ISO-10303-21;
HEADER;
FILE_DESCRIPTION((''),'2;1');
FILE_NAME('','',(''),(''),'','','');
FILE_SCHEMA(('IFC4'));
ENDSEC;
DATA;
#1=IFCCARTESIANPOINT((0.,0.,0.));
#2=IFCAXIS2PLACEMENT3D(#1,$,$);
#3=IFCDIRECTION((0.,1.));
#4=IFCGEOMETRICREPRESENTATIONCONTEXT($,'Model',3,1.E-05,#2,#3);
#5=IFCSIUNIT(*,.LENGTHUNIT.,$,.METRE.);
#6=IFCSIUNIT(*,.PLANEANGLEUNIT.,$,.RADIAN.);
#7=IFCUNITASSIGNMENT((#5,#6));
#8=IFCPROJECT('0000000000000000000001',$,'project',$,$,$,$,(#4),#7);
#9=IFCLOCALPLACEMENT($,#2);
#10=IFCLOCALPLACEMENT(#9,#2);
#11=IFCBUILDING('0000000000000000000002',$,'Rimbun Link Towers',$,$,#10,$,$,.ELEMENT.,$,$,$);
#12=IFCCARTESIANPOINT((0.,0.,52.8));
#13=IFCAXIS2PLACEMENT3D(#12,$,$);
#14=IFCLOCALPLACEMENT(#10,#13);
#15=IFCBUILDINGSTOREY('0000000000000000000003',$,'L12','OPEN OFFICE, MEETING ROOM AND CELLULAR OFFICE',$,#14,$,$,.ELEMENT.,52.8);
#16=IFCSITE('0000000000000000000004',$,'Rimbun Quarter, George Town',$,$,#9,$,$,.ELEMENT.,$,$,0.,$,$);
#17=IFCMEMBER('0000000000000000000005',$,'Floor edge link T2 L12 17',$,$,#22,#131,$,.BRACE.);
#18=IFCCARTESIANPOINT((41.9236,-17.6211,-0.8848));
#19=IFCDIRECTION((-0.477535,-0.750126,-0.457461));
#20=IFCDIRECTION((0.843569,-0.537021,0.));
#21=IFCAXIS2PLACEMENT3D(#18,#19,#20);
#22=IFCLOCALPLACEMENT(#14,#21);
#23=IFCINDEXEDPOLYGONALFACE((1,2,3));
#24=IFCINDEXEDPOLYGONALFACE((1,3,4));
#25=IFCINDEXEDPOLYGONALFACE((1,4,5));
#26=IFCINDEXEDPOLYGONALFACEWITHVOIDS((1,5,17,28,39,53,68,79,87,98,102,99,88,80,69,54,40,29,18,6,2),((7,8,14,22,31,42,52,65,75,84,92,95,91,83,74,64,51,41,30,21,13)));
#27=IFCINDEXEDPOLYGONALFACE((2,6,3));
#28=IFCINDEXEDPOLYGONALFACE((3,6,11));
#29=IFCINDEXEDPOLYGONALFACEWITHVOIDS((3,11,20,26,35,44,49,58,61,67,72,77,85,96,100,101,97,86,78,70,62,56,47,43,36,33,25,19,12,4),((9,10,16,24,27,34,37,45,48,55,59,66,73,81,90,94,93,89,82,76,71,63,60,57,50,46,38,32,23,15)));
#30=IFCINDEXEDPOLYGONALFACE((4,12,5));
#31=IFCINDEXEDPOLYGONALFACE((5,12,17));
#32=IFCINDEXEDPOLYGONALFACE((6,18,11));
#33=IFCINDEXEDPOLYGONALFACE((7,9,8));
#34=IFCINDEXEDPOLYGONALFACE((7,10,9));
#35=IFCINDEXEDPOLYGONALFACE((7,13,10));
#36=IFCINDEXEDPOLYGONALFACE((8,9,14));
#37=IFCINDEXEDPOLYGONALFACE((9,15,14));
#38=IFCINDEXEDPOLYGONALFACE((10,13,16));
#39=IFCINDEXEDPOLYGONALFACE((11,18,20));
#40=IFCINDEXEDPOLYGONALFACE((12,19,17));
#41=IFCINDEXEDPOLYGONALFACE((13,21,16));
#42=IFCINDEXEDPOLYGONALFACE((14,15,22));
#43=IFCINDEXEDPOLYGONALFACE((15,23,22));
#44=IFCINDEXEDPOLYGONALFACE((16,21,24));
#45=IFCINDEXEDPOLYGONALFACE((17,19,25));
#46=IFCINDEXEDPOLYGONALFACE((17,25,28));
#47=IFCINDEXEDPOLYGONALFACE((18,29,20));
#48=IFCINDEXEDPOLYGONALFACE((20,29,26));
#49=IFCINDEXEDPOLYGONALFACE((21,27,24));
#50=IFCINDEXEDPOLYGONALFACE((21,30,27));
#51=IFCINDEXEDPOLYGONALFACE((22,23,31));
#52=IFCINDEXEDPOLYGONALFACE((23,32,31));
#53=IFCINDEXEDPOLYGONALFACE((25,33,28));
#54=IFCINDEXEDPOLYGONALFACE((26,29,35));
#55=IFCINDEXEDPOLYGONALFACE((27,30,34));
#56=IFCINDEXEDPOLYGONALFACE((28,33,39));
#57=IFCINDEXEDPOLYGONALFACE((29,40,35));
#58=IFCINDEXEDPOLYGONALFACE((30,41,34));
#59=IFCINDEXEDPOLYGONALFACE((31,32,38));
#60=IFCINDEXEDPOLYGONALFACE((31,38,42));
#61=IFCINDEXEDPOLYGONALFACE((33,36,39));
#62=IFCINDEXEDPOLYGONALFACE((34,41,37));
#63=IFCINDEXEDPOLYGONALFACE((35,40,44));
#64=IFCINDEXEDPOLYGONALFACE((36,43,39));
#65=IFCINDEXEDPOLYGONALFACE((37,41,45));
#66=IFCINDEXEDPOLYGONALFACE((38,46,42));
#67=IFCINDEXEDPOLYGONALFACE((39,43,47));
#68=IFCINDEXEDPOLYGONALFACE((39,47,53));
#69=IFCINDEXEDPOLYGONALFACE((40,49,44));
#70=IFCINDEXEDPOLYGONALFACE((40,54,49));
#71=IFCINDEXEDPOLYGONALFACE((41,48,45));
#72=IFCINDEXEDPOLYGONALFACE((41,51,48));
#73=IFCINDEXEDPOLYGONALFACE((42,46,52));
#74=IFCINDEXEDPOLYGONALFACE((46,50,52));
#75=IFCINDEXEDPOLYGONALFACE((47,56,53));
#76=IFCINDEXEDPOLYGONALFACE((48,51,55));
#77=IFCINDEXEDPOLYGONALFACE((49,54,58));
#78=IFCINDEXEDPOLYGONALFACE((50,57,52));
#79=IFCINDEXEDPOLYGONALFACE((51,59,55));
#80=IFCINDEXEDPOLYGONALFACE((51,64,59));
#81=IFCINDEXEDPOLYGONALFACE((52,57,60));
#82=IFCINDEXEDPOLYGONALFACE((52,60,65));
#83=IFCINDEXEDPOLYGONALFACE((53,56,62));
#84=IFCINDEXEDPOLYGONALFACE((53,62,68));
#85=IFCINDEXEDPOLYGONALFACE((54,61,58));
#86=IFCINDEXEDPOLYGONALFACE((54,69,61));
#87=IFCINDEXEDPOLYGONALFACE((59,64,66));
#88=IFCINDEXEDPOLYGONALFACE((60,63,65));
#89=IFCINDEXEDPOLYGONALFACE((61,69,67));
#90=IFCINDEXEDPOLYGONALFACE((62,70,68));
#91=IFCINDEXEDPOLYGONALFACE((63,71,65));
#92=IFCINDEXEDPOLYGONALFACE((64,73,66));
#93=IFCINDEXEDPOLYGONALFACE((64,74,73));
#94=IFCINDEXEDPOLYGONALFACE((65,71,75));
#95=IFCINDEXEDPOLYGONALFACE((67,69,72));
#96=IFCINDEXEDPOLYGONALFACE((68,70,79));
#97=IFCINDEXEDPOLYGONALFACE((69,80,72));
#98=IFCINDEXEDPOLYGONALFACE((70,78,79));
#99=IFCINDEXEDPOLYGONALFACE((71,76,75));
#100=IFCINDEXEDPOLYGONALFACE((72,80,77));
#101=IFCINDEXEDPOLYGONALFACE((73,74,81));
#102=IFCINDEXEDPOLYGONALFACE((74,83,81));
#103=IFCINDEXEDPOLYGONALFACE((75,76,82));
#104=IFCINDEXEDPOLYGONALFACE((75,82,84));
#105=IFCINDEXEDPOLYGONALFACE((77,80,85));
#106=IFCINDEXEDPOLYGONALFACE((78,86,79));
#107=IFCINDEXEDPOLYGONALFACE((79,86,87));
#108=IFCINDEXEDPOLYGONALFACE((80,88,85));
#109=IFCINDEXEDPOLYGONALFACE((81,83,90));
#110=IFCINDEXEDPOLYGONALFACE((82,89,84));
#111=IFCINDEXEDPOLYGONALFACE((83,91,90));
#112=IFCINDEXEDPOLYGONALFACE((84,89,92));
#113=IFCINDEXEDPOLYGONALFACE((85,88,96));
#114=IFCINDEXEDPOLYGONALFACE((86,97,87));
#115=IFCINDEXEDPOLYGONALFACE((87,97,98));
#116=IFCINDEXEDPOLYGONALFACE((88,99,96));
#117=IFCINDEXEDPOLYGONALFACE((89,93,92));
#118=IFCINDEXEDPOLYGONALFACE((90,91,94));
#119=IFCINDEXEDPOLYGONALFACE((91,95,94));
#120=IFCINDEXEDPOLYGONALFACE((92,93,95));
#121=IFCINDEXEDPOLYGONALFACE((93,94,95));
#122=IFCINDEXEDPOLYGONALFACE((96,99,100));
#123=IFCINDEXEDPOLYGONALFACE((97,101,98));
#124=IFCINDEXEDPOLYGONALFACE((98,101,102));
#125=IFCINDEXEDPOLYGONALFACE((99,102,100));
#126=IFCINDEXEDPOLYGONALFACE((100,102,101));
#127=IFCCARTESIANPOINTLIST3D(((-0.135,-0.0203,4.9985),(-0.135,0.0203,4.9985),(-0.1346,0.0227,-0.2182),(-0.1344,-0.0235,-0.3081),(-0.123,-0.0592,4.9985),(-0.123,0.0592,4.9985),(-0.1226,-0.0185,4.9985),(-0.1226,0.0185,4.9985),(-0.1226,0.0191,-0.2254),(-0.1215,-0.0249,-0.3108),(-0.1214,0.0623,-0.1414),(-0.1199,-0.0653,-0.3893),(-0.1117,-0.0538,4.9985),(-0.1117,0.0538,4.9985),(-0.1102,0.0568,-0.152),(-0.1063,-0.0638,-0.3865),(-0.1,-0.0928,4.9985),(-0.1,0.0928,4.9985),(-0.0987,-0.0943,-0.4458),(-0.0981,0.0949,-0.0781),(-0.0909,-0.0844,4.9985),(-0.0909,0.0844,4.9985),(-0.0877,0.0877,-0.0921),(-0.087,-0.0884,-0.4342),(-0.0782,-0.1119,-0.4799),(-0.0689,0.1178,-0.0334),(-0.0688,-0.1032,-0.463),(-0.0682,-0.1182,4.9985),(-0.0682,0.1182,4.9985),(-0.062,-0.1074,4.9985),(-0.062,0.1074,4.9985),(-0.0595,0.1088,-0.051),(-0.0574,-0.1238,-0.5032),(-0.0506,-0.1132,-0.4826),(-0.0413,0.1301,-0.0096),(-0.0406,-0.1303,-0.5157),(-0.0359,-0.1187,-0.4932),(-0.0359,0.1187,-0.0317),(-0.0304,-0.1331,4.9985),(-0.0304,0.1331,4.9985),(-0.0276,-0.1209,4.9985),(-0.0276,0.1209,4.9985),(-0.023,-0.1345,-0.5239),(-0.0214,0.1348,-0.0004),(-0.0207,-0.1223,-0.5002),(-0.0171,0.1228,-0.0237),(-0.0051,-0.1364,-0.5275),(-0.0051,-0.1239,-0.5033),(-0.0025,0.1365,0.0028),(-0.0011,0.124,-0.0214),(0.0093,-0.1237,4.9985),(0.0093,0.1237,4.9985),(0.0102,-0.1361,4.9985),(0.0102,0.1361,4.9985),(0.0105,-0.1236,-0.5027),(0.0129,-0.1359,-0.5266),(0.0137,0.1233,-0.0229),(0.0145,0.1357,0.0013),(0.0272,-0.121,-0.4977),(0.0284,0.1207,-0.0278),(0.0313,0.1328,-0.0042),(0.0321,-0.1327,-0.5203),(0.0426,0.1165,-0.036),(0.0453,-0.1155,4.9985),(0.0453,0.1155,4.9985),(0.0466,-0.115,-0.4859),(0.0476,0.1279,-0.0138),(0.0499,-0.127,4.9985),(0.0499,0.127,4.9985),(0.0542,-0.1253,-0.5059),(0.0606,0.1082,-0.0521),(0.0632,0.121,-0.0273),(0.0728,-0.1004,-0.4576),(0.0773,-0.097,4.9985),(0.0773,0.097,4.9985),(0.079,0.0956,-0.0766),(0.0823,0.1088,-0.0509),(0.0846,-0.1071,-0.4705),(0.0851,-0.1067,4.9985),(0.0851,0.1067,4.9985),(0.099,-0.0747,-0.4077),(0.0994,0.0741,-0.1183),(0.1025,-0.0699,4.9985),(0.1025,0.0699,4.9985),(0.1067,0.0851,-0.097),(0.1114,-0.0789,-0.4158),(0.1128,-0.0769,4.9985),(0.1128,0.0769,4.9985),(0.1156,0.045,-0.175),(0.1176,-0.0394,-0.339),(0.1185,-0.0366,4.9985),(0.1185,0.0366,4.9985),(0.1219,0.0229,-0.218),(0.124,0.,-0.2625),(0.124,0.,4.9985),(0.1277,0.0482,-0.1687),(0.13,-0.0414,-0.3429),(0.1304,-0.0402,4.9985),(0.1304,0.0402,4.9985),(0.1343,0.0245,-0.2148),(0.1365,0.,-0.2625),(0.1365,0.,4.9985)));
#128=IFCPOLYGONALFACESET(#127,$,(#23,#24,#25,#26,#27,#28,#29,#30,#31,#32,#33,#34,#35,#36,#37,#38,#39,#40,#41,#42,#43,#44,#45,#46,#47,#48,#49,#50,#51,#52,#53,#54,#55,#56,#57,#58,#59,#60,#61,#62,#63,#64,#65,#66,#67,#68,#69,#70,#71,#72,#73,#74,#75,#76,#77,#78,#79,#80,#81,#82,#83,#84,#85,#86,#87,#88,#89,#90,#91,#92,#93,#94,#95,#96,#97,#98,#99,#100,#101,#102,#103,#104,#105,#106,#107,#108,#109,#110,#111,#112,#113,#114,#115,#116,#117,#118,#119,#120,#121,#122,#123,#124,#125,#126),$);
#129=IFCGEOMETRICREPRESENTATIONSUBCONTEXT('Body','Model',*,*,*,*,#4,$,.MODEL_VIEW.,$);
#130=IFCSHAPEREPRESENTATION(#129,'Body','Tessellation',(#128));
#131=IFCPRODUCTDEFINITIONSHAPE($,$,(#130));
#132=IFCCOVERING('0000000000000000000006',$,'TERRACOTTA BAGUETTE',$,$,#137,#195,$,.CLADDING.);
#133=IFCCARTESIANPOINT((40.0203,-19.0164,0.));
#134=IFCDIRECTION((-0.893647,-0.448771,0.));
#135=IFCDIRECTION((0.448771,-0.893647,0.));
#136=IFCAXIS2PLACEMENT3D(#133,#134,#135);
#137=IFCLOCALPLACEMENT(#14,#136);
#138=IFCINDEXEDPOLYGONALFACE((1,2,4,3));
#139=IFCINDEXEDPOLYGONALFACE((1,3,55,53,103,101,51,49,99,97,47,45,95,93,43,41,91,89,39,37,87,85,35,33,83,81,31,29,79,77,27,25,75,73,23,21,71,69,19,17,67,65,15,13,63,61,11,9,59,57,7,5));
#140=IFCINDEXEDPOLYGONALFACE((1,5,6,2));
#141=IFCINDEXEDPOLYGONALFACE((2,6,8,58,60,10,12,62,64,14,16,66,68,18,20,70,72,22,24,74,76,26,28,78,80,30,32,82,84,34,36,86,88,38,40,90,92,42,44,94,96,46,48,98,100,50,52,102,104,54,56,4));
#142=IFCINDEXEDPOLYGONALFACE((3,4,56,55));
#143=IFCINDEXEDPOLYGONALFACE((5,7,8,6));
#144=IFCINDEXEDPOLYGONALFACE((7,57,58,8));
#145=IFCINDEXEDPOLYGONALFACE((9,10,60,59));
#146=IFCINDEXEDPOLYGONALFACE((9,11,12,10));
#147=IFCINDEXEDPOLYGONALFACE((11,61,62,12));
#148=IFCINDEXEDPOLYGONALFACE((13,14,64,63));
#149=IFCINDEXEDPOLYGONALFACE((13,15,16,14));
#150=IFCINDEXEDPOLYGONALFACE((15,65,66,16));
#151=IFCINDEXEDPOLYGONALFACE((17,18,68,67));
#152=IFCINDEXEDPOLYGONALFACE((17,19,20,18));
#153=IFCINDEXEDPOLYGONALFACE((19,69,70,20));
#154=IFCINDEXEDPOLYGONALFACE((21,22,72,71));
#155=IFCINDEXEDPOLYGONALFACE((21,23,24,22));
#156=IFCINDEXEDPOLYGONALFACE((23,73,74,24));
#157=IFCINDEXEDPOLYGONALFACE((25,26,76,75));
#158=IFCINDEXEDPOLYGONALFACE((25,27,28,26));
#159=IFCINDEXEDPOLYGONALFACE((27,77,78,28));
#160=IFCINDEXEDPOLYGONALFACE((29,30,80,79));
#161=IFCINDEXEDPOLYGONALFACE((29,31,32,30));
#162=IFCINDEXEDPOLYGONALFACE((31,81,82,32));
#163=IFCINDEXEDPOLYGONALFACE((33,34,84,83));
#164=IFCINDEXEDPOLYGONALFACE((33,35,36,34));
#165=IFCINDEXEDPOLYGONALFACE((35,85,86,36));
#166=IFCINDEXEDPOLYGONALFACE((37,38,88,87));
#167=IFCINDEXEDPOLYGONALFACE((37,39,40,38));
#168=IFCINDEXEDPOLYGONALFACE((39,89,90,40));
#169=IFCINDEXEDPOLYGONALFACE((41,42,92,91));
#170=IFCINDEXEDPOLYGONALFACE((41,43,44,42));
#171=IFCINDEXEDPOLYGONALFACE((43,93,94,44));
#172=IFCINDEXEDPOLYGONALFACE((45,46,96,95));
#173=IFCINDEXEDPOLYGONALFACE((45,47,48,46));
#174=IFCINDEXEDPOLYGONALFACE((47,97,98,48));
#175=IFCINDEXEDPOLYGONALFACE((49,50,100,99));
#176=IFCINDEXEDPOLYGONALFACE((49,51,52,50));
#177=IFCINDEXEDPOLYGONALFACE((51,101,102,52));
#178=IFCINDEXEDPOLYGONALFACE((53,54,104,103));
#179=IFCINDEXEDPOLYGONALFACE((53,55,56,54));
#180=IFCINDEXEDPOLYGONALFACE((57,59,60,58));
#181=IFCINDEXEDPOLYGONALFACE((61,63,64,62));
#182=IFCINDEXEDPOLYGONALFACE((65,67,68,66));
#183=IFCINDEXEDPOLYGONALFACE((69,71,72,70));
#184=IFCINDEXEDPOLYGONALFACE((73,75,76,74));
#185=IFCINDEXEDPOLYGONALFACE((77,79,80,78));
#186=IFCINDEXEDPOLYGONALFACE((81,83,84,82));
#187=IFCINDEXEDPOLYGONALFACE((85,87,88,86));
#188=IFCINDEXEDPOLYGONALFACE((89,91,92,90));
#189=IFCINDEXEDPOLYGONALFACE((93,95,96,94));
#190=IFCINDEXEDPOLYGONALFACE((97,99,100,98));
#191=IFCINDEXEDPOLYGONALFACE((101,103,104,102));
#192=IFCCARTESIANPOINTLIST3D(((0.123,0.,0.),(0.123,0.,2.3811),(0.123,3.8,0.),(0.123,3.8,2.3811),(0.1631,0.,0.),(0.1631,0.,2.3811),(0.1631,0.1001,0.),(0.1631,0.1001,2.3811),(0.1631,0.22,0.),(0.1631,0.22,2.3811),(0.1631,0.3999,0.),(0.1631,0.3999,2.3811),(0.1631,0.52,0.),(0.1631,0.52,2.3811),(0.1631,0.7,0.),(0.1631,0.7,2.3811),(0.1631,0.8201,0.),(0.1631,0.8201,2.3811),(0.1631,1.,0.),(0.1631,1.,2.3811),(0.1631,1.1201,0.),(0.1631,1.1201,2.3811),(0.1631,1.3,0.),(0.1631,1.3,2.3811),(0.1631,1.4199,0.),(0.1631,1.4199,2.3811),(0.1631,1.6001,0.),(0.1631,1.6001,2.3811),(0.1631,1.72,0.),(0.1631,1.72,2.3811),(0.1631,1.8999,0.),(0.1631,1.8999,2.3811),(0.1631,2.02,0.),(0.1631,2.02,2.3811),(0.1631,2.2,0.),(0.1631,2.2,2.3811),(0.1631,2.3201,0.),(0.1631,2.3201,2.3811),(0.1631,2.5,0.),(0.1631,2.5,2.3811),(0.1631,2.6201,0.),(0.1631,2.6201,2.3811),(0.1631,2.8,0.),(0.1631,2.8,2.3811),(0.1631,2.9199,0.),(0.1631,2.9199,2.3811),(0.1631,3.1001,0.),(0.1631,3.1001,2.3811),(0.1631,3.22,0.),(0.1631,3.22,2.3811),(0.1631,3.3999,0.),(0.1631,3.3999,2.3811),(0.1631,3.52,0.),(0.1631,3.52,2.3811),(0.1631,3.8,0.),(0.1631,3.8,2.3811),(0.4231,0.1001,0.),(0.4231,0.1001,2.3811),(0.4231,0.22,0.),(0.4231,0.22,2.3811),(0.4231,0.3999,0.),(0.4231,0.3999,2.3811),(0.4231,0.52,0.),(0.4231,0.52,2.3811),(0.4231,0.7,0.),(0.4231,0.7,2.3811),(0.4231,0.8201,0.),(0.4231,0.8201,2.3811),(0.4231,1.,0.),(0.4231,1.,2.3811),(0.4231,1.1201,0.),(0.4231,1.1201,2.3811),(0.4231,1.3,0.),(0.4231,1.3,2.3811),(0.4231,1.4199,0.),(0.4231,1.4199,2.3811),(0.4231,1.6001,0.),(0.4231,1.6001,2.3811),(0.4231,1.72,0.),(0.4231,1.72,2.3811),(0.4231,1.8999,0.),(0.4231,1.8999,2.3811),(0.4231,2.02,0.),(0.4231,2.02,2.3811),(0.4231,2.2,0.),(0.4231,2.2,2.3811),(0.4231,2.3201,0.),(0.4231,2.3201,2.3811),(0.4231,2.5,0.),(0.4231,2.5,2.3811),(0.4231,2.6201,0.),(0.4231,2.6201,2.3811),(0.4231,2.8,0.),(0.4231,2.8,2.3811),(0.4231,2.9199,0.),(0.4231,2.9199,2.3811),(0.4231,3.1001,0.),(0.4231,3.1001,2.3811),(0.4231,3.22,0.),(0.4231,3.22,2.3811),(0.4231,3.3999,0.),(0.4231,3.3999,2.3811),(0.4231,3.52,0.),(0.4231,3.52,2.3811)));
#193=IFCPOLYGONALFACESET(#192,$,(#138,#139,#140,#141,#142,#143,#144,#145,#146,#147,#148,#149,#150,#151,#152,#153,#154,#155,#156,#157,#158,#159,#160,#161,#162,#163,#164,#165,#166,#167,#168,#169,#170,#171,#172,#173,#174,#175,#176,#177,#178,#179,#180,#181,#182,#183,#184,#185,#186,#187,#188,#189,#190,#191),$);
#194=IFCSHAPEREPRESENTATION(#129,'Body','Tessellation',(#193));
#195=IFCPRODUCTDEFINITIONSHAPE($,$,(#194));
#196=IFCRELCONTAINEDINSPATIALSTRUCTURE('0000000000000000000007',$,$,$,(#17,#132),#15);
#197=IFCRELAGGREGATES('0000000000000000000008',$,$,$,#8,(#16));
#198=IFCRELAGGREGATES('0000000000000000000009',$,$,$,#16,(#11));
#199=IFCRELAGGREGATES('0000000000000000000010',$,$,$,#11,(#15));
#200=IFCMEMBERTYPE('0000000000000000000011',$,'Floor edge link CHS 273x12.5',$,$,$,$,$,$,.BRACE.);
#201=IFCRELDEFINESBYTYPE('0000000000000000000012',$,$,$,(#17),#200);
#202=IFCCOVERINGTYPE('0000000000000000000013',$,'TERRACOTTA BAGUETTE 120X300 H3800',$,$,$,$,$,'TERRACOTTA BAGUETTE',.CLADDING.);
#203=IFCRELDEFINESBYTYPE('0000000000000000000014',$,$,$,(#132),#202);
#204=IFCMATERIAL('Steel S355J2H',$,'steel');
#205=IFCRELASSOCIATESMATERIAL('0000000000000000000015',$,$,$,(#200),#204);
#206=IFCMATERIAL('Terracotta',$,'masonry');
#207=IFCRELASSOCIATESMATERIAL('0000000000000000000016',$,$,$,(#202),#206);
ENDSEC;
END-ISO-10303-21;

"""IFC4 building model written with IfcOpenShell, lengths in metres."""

from ifc_helpers import new_model, si_unit, direction, frame, origin, origin_2d, place, context, subcontext, project, spatial, polyline, hollow_circle, outline, extrude, clip, halfspace, material, material_profile, profile_set, type_object, element, save


model = new_model("IFC4")

# Units and contexts
model_context = context("Model", 3, precision=1e-05, world=origin(), true_north=direction((0.0, 1.0)))
body_context = subcontext(model_context, "Body", "Model", "MODEL_VIEW")
ifc_project = project(units=[si_unit("LENGTHUNIT", "METRE"), si_unit("PLANEANGLEUNIT", "RADIAN")], contexts=[model_context])

# Site, building, storey
site_placement = place(None, origin())
site = spatial("IfcSite", under=ifc_project, at=site_placement, Name="Rimbun Quarter, George Town", CompositionType="ELEMENT", RefElevation=0.0)
building_placement = place(site_placement, origin())
building = spatial("IfcBuilding", under=site, at=building_placement, Name="Rimbun Link Towers", CompositionType="ELEMENT")
storey_placement = place(building_placement, frame((0.0, 0.0, 52.8)))
storey = spatial("IfcBuildingStorey", under=building, at=storey_placement, Name="L12", Description="OPEN OFFICE, MEETING ROOM AND CELLULAR OFFICE", CompositionType="ELEMENT", Elevation=52.8)

# Member
ifc_material_1 = material(Name="Steel S355J2H", Category="steel")
ifc_material_profile_1 = material_profile(ifc_material_1, hollow_circle(Radius=0.1365, WallThickness=0.0125, at=origin_2d()), Name="CHS 273x12.5")
ifc_profile_set_1 = profile_set([ifc_material_profile_1], Name="Steel S355J2H")
member_type_1 = type_object("IfcMemberType", Name="Floor edge link CHS 273x12.5", PredefinedType="BRACE", material=ifc_profile_set_1)
member_1_placement = place(storey_placement, frame((41.9236, -17.6211, -0.8848), z_axis=(-0.477535, -0.750126, -0.457461), x_axis=(0.843569, -0.537021, 0.0)))
element("IfcMember", 1, at=member_1_placement, inside=storey, type_object=member_type_1, Name="Floor edge link T2 L12 17", PredefinedType="BRACE", context=body_context, shape_type="Clipping", body=[
    clip(extrude(hollow_circle(Radius=0.1365, WallThickness=0.0125, at=origin_2d()), frame((0.0, 0.0, -0.5525)), (0.0, 0.0, 1.0), 5.551), halfspace(frame((0.0, 0.0, -0.2625), z_axis=(0.0, 0.88923, -0.457461)), False)),
])

# Covering
ifc_material_2 = material(Name="Terracotta", Category="masonry")
ifc_material_profile_2 = material_profile(ifc_material_2, outline(polyline([(0.123, 0.0), (0.1631, 0.0), (0.1631, 0.1001), (0.4231, 0.1001), (0.4231, 0.22), (0.1631, 0.22), (0.1631, 0.3999), (0.4231, 0.3999), (0.4231, 0.52), (0.1631, 0.52), (0.1631, 0.7), (0.4231, 0.7), (0.4231, 0.8201), (0.1631, 0.8201), (0.1631, 1.0), (0.4231, 1.0), (0.4231, 1.1201), (0.1631, 1.1201), (0.1631, 1.3), (0.4231, 1.3), (0.4231, 1.4199), (0.1631, 1.4199), (0.1631, 1.6001), (0.4231, 1.6001), (0.4231, 1.72), (0.1631, 1.72), (0.1631, 1.8999), (0.4231, 1.8999), (0.4231, 2.02), (0.1631, 2.02), (0.1631, 2.2), (0.4231, 2.2), (0.4231, 2.3201), (0.1631, 2.3201), (0.1631, 2.5), (0.4231, 2.5), (0.4231, 2.6201), (0.1631, 2.6201), (0.1631, 2.8), (0.4231, 2.8), (0.4231, 2.9199), (0.1631, 2.9199), (0.1631, 3.1001), (0.4231, 3.1001), (0.4231, 3.22), (0.1631, 3.22), (0.1631, 3.3999), (0.4231, 3.3999), (0.4231, 3.52), (0.1631, 3.52), (0.1631, 3.8), (0.123, 3.8), (0.123, 0.0)])), Name="BAGUETTE 120X300")
ifc_profile_set_2 = profile_set([ifc_material_profile_2], Name="Terracotta")
covering_type = type_object("IfcCoveringType", Name="TERRACOTTA BAGUETTE 120X300 H3800", ElementType="TERRACOTTA BAGUETTE", PredefinedType="CLADDING", material=ifc_profile_set_2)
covering_placement = place(storey_placement, frame((40.0203, -19.0164, 0.0), z_axis=(-0.893647, -0.448771, 0.0), x_axis=(0.448771, -0.893647, 0.0)))
element("IfcCovering", 2, at=covering_placement, inside=storey, type_object=covering_type, Name="TERRACOTTA BAGUETTE", PredefinedType="CLADDING", context=body_context, shape_type="SweptSolid", body=[
    extrude(outline(polyline([(0.123, 0.0), (0.1631, 0.0), (0.1631, 0.1001), (0.4231, 0.1001), (0.4231, 0.22), (0.1631, 0.22), (0.1631, 0.3999), (0.4231, 0.3999), (0.4231, 0.52), (0.1631, 0.52), (0.1631, 0.7), (0.4231, 0.7), (0.4231, 0.8201), (0.1631, 0.8201), (0.1631, 1.0), (0.4231, 1.0), (0.4231, 1.1201), (0.1631, 1.1201), (0.1631, 1.3), (0.4231, 1.3), (0.4231, 1.4199), (0.1631, 1.4199), (0.1631, 1.6001), (0.4231, 1.6001), (0.4231, 1.72), (0.1631, 1.72), (0.1631, 1.8999), (0.4231, 1.8999), (0.4231, 2.02), (0.1631, 2.02), (0.1631, 2.2), (0.4231, 2.2), (0.4231, 2.3201), (0.1631, 2.3201), (0.1631, 2.5), (0.4231, 2.5), (0.4231, 2.6201), (0.1631, 2.6201), (0.1631, 2.8), (0.4231, 2.8), (0.4231, 2.9199), (0.1631, 2.9199), (0.1631, 3.1001), (0.4231, 3.1001), (0.4231, 3.22), (0.1631, 3.22), (0.1631, 3.3999), (0.4231, 3.3999), (0.4231, 3.52), (0.1631, 3.52), (0.1631, 3.8), (0.123, 3.8), (0.123, 0.0)])), origin(), (0.0, 0.0, 1.0), 2.3811),
])

save(model, "model.ifc")
